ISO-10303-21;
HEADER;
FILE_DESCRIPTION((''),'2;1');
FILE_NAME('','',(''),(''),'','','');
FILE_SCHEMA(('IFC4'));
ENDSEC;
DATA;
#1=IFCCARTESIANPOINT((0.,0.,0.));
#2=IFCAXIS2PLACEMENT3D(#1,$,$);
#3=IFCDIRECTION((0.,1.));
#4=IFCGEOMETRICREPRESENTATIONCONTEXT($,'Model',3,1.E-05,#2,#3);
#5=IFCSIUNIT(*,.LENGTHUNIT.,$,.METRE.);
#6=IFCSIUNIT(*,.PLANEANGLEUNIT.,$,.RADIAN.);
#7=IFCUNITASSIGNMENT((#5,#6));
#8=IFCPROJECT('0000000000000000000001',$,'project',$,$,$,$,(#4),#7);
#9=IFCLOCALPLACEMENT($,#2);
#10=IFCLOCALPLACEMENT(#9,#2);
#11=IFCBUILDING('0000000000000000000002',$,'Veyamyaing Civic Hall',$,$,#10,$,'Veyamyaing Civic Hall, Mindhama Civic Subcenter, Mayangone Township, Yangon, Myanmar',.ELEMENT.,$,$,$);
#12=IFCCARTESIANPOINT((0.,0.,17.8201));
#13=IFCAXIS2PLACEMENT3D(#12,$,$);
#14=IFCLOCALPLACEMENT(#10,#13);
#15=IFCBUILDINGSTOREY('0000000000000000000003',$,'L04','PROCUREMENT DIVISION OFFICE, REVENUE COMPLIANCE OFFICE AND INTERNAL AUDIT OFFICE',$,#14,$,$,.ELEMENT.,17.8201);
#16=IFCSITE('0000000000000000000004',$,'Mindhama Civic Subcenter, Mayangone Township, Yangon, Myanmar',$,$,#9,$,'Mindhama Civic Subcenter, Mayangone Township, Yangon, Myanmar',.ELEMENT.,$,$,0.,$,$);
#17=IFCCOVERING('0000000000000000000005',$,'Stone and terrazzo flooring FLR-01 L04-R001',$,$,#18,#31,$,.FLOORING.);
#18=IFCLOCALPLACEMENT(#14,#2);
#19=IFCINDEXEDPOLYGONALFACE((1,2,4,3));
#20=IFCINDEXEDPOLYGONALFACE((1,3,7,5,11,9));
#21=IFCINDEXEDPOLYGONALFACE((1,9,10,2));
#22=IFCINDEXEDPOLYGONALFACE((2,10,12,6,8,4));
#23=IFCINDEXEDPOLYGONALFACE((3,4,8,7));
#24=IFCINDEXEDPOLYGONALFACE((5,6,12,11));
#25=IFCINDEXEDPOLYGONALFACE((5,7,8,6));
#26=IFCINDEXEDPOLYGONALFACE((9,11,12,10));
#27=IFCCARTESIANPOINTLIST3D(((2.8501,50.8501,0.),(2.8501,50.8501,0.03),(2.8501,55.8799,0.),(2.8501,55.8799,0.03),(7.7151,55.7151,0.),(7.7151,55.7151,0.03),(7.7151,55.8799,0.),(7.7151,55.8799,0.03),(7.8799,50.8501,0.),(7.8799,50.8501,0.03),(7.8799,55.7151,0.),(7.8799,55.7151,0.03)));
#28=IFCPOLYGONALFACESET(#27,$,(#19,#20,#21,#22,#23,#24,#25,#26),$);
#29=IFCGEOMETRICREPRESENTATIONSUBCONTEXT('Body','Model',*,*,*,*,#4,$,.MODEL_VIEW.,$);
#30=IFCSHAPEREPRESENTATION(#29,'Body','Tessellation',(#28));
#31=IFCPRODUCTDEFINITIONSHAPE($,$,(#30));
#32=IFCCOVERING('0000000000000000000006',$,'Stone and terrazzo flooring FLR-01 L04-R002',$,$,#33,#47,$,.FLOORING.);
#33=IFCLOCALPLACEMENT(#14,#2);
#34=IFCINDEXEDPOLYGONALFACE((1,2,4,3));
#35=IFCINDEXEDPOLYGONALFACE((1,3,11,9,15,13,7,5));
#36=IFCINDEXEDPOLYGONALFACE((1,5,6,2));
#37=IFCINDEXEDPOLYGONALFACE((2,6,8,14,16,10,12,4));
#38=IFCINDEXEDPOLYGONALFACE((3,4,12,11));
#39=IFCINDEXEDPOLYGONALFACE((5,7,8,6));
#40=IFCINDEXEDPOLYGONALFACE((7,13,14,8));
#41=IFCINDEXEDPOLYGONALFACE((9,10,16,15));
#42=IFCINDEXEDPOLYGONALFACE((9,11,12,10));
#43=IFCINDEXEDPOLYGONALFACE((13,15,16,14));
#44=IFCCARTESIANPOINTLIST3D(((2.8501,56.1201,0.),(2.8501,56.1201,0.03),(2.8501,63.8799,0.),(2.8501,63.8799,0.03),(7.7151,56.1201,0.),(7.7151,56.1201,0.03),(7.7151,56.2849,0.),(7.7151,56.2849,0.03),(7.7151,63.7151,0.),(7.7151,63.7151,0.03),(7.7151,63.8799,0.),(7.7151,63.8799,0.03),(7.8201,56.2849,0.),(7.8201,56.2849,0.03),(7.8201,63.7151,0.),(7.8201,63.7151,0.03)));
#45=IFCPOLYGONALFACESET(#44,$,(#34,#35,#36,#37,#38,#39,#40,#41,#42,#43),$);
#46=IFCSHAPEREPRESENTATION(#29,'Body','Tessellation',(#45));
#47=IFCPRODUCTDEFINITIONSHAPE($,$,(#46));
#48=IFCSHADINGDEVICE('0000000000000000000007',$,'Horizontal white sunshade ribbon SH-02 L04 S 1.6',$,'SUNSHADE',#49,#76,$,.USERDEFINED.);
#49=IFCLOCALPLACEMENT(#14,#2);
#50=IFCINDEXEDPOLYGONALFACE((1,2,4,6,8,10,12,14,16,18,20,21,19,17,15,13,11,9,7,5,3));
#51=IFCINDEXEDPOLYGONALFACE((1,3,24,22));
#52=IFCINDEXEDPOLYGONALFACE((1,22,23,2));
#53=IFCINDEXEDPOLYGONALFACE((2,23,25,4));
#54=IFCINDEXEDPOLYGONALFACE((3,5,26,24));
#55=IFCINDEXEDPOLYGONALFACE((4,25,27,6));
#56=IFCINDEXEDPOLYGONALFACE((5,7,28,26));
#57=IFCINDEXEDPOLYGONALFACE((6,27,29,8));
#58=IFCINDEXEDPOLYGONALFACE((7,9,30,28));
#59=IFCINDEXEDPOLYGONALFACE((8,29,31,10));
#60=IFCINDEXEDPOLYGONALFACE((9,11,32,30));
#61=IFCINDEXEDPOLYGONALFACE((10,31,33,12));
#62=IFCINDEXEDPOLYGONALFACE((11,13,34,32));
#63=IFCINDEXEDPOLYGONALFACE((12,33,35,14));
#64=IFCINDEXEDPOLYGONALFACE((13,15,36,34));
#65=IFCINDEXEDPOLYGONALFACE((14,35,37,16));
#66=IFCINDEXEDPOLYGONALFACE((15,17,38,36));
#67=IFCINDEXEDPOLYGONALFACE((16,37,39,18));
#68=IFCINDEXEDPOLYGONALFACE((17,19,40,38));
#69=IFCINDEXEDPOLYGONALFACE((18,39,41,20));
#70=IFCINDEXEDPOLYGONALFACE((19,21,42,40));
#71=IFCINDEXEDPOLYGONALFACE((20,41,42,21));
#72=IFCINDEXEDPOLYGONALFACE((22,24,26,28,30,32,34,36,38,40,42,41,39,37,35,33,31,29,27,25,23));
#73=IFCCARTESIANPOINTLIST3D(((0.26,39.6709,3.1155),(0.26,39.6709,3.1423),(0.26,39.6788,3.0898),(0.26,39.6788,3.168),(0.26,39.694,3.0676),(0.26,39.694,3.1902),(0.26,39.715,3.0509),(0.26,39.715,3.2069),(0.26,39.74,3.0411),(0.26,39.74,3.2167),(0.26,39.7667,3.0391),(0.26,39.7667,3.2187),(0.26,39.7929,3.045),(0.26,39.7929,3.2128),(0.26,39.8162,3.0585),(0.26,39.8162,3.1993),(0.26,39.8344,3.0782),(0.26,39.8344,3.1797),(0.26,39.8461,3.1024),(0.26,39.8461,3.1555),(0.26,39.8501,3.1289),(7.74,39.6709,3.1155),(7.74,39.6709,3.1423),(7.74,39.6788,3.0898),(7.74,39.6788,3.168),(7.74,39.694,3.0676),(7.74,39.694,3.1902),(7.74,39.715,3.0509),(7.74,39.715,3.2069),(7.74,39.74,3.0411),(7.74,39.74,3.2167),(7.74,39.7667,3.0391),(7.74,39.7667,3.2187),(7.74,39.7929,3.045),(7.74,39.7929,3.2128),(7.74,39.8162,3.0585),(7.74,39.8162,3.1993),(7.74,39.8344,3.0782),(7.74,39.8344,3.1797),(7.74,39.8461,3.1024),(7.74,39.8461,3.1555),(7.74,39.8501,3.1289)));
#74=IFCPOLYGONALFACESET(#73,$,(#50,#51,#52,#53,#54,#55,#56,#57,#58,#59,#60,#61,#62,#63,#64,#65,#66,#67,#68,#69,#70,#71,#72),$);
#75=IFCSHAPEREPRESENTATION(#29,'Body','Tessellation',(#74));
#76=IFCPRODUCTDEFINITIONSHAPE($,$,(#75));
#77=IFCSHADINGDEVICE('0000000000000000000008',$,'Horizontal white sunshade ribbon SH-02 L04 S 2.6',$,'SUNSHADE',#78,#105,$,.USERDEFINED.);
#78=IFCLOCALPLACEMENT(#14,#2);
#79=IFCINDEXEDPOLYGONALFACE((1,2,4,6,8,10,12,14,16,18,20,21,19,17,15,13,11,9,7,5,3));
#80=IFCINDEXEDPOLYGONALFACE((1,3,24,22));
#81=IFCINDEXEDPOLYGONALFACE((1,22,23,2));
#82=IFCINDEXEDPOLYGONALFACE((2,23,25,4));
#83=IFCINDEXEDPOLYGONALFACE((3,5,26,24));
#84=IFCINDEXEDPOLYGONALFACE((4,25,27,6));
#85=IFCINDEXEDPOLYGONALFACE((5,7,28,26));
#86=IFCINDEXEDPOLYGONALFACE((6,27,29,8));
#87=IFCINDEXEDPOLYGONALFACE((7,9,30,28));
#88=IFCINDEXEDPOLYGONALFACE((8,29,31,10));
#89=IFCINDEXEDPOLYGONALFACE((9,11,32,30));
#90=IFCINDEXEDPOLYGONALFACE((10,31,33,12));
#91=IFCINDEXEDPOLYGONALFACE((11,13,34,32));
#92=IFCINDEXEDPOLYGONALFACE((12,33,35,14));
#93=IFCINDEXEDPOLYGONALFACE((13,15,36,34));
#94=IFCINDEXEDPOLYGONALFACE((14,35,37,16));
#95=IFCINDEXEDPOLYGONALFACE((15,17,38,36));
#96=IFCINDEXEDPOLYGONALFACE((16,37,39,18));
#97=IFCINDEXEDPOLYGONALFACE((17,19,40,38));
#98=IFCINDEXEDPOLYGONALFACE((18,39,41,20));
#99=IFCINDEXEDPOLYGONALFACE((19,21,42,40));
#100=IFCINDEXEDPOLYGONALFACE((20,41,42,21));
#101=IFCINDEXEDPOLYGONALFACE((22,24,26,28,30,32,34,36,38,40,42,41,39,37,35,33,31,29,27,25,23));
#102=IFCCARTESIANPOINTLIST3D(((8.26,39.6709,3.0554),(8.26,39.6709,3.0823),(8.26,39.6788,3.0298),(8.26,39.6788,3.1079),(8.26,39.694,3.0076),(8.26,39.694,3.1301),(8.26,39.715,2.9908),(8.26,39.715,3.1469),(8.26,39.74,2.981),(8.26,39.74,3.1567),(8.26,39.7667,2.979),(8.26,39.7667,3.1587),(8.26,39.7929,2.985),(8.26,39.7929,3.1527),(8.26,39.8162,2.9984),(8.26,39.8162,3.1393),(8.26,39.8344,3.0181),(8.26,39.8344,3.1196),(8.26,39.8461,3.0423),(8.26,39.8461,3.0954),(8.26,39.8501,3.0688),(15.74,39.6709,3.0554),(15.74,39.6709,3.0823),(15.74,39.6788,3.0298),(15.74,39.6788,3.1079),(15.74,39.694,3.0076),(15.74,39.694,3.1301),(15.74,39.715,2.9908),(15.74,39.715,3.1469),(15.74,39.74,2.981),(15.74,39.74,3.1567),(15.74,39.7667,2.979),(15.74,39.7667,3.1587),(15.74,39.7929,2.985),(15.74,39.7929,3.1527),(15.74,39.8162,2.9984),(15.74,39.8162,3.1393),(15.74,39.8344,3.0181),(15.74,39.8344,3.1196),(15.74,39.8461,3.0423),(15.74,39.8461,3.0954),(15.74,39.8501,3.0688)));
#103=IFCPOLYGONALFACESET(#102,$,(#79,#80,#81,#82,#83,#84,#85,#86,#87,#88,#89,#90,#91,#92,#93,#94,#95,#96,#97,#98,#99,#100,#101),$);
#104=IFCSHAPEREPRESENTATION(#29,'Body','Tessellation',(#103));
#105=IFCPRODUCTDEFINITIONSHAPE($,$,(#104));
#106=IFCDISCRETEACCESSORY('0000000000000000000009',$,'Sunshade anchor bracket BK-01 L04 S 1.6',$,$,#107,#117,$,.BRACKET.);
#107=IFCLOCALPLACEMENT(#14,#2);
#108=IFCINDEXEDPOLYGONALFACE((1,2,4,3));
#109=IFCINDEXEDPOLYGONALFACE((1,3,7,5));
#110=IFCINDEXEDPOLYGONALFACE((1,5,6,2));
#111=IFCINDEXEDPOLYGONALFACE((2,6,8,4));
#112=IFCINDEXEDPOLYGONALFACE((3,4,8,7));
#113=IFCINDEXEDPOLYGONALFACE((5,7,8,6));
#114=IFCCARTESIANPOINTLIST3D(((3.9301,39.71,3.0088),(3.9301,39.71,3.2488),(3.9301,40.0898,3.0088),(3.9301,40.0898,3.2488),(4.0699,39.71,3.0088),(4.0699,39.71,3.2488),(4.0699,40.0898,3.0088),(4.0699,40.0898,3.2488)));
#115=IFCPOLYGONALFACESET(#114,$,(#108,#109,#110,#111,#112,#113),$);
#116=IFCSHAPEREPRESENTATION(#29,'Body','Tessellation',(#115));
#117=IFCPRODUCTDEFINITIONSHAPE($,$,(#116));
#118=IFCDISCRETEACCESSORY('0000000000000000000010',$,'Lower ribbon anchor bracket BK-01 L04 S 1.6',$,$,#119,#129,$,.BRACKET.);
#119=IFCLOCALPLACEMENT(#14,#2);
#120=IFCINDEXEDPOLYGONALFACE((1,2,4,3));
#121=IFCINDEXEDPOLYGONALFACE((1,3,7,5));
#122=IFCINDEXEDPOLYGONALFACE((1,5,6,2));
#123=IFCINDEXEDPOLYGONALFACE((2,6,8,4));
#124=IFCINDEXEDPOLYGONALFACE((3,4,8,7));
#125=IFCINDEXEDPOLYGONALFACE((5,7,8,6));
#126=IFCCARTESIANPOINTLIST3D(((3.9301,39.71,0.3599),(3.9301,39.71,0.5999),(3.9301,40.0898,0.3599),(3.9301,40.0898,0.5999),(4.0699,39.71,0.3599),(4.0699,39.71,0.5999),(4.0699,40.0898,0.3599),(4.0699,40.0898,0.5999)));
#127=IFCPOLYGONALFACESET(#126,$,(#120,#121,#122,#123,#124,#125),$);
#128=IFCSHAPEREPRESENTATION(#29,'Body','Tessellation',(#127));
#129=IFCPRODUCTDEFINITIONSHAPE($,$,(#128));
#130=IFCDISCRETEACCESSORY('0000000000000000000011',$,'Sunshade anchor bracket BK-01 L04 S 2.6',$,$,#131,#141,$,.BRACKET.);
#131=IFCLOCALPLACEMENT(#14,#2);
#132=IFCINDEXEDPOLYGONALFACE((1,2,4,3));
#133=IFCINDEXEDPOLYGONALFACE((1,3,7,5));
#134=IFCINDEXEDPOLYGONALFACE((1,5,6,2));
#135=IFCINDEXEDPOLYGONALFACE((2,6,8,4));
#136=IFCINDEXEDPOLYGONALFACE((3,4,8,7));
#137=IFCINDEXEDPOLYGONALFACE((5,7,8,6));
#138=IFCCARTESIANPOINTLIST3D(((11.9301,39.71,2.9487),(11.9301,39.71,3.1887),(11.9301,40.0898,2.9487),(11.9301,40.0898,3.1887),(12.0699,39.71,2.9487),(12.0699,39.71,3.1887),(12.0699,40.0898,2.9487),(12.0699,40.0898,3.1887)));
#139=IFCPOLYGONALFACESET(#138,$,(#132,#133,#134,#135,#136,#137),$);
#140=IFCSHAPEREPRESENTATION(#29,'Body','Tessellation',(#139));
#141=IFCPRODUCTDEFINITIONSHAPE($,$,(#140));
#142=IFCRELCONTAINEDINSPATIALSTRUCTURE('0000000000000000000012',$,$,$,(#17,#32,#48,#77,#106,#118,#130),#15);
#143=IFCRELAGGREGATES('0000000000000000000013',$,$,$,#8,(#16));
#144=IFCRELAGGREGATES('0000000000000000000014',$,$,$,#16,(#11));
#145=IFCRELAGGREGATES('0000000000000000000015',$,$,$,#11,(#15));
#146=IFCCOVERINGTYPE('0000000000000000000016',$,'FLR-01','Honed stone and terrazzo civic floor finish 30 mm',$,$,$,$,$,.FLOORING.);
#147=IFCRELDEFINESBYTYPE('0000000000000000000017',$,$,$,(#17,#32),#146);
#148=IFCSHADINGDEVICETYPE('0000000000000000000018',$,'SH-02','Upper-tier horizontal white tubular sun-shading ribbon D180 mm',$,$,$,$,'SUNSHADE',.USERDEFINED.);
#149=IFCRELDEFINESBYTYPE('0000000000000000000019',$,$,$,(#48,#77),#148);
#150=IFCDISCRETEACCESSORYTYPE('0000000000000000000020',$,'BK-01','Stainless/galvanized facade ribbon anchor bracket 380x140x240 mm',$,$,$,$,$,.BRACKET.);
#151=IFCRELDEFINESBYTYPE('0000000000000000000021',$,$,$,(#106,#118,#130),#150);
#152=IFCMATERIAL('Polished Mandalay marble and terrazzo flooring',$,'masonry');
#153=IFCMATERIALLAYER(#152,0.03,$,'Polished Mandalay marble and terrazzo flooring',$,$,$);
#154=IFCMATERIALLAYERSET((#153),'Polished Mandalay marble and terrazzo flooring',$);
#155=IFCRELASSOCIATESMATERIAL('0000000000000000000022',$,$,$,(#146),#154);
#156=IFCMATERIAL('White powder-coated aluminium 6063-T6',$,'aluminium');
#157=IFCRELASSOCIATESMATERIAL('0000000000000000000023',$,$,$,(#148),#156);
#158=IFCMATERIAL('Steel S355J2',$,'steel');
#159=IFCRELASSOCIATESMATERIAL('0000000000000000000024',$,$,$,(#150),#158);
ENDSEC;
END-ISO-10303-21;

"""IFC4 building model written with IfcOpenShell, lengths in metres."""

from ifc_helpers import new_model, si_unit, direction, frame, origin, origin_2d, place, context, subcontext, project, spatial, polyline, rectangle, circle, outline, extrude, material, layer, layer_set, material_profile, profile_set, type_object, element, save


model = new_model("IFC4")

# Units and contexts
model_context = context("Model", 3, precision=1e-05, world=origin(), true_north=direction((0.0, 1.0)))
body_context = subcontext(model_context, "Body", "Model", "MODEL_VIEW")
ifc_project = project(units=[si_unit("LENGTHUNIT", "METRE"), si_unit("PLANEANGLEUNIT", "RADIAN")], contexts=[model_context])

# Site, building, storey
site_placement = place(None, origin())
site = spatial("IfcSite", under=ifc_project, at=site_placement, Name="Mindhama Civic Subcenter, Mayangone Township, Yangon, Myanmar", LongName="Mindhama Civic Subcenter, Mayangone Township, Yangon, Myanmar", CompositionType="ELEMENT", RefElevation=0.0)
building_placement = place(site_placement, origin())
building = spatial("IfcBuilding", under=site, at=building_placement, Name="Veyamyaing Civic Hall", LongName="Veyamyaing Civic Hall, Mindhama Civic Subcenter, Mayangone Township, Yangon, Myanmar", CompositionType="ELEMENT")
storey_placement = place(building_placement, frame((0.0, 0.0, 17.8201)))
storey = spatial("IfcBuildingStorey", under=building, at=storey_placement, Name="L04", Description="PROCUREMENT DIVISION OFFICE, REVENUE COMPLIANCE OFFICE AND INTERNAL AUDIT OFFICE", CompositionType="ELEMENT", Elevation=17.8201)

# Coverings
ifc_material_1 = material(Name="White powder-coated aluminium 6063-T6", Category="aluminium")
ifc_material_2 = material(Name="Polished Mandalay marble and terrazzo flooring", Category="masonry")
ifc_layer_1 = layer(ifc_material_2, 0.03, Name="Polished Mandalay marble and terrazzo flooring")
ifc_layer_set_1 = layer_set([ifc_layer_1], Name="Polished Mandalay marble and terrazzo flooring")
covering_type_1 = type_object("IfcCoveringType", Name="FLR-01", Description="Honed stone and terrazzo civic floor finish 30 mm", PredefinedType="FLOORING", material=ifc_layer_set_1)
covering_1_placement = place(storey_placement, origin())
element("IfcCovering", 1, at=covering_1_placement, inside=storey, type_object=covering_type_1, Name="Stone and terrazzo flooring FLR-01 L04-R001", PredefinedType="FLOORING", context=body_context, shape_type="SweptSolid", body=[
    extrude(outline(polyline([(2.8501, 50.8501), (2.8501, 55.8799), (7.7151, 55.8799), (7.7151, 55.7151), (7.8799, 55.7151), (7.8799, 50.8501), (2.8501, 50.8501)])), origin(), (0.0, 0.0, 1.0), 0.03),
])
covering_2_placement = place(storey_placement, origin())
element("IfcCovering", 2, at=covering_2_placement, inside=storey, type_object=covering_type_1, Name="Stone and terrazzo flooring FLR-01 L04-R002", PredefinedType="FLOORING", context=body_context, shape_type="SweptSolid", body=[
    extrude(outline(polyline([(2.8501, 63.8799), (7.7151, 63.8799), (7.7151, 63.7151), (7.8201, 63.7151), (7.8201, 56.2849), (7.7151, 56.2849), (7.7151, 56.1201), (2.8501, 56.1201), (2.8501, 63.8799)])), origin(), (0.0, 0.0, 1.0), 0.03),
])

# Shading devices
ifc_material_profile = material_profile(ifc_material_1, circle(Radius=0.0901, at=origin_2d()), Name="SHADE-TUBE-180")
ifc_profile_set = profile_set([ifc_material_profile], Name="White powder-coated aluminium 6063-T6")
shading_device_type = type_object("IfcShadingDeviceType", Name="SH-02", Description="Upper-tier horizontal white tubular sun-shading ribbon D180 mm", ElementType="SUNSHADE", PredefinedType="USERDEFINED", material=ifc_profile_set)
for number, where, z_axis, x_axis, name in (
    (3, (0.26, 39.76, 3.1289), (1.0, 0.0, 0.0), (0.0, 1.0, 0.0), "Horizontal white sunshade ribbon SH-02 L04 S 1.6"),
    (4, (8.26, 39.76, 3.0688), (1.0, 0.0, 0.0), (0.0, 1.0, 0.0), "Horizontal white sunshade ribbon SH-02 L04 S 2.6"),
):
    element("IfcShadingDevice", number, at=place(storey_placement, frame(where, z_axis=z_axis, x_axis=x_axis)), inside=storey, type_object=shading_device_type, Name=name, ObjectType="SUNSHADE", PredefinedType="USERDEFINED", context=body_context, shape_type="SweptSolid", body=[
        extrude(circle(Radius=0.0901, at=origin_2d()), origin(), (0.0, 0.0, 1.0), 7.48),
    ])

# Discrete accessories
ifc_material_3 = material(Name="Steel S355J2", Category="steel")
discrete_accessory_type = type_object("IfcDiscreteAccessoryType", Name="BK-01", Description="Stainless/galvanized facade ribbon anchor bracket 380x140x240 mm", PredefinedType="BRACKET", material=ifc_material_3)
for number, where, z_axis, x_axis, name in (
    (5, (4.0, 39.8999, 3.0088), (0.0, 0.0, 1.0), (0.0, -1.0, 0.0), "Sunshade anchor bracket BK-01 L04 S 1.6"),
    (6, (4.0, 39.8999, 0.3599), (0.0, 0.0, 1.0), (0.0, -1.0, 0.0), "Lower ribbon anchor bracket BK-01 L04 S 1.6"),
    (7, (12.0, 39.8999, 2.9487), (0.0, 0.0, 1.0), (0.0, -1.0, 0.0), "Sunshade anchor bracket BK-01 L04 S 2.6"),
):
    element("IfcDiscreteAccessory", number, at=place(storey_placement, frame(where, z_axis=z_axis, x_axis=x_axis)), inside=storey, type_object=discrete_accessory_type, Name=name, PredefinedType="BRACKET", context=body_context, shape_type="SweptSolid", body=[
        extrude(rectangle(XDim=0.3799, YDim=0.1399, at=origin_2d()), origin(), (0.0, 0.0, 1.0), 0.24),
    ])

save(model, "model.ifc")
